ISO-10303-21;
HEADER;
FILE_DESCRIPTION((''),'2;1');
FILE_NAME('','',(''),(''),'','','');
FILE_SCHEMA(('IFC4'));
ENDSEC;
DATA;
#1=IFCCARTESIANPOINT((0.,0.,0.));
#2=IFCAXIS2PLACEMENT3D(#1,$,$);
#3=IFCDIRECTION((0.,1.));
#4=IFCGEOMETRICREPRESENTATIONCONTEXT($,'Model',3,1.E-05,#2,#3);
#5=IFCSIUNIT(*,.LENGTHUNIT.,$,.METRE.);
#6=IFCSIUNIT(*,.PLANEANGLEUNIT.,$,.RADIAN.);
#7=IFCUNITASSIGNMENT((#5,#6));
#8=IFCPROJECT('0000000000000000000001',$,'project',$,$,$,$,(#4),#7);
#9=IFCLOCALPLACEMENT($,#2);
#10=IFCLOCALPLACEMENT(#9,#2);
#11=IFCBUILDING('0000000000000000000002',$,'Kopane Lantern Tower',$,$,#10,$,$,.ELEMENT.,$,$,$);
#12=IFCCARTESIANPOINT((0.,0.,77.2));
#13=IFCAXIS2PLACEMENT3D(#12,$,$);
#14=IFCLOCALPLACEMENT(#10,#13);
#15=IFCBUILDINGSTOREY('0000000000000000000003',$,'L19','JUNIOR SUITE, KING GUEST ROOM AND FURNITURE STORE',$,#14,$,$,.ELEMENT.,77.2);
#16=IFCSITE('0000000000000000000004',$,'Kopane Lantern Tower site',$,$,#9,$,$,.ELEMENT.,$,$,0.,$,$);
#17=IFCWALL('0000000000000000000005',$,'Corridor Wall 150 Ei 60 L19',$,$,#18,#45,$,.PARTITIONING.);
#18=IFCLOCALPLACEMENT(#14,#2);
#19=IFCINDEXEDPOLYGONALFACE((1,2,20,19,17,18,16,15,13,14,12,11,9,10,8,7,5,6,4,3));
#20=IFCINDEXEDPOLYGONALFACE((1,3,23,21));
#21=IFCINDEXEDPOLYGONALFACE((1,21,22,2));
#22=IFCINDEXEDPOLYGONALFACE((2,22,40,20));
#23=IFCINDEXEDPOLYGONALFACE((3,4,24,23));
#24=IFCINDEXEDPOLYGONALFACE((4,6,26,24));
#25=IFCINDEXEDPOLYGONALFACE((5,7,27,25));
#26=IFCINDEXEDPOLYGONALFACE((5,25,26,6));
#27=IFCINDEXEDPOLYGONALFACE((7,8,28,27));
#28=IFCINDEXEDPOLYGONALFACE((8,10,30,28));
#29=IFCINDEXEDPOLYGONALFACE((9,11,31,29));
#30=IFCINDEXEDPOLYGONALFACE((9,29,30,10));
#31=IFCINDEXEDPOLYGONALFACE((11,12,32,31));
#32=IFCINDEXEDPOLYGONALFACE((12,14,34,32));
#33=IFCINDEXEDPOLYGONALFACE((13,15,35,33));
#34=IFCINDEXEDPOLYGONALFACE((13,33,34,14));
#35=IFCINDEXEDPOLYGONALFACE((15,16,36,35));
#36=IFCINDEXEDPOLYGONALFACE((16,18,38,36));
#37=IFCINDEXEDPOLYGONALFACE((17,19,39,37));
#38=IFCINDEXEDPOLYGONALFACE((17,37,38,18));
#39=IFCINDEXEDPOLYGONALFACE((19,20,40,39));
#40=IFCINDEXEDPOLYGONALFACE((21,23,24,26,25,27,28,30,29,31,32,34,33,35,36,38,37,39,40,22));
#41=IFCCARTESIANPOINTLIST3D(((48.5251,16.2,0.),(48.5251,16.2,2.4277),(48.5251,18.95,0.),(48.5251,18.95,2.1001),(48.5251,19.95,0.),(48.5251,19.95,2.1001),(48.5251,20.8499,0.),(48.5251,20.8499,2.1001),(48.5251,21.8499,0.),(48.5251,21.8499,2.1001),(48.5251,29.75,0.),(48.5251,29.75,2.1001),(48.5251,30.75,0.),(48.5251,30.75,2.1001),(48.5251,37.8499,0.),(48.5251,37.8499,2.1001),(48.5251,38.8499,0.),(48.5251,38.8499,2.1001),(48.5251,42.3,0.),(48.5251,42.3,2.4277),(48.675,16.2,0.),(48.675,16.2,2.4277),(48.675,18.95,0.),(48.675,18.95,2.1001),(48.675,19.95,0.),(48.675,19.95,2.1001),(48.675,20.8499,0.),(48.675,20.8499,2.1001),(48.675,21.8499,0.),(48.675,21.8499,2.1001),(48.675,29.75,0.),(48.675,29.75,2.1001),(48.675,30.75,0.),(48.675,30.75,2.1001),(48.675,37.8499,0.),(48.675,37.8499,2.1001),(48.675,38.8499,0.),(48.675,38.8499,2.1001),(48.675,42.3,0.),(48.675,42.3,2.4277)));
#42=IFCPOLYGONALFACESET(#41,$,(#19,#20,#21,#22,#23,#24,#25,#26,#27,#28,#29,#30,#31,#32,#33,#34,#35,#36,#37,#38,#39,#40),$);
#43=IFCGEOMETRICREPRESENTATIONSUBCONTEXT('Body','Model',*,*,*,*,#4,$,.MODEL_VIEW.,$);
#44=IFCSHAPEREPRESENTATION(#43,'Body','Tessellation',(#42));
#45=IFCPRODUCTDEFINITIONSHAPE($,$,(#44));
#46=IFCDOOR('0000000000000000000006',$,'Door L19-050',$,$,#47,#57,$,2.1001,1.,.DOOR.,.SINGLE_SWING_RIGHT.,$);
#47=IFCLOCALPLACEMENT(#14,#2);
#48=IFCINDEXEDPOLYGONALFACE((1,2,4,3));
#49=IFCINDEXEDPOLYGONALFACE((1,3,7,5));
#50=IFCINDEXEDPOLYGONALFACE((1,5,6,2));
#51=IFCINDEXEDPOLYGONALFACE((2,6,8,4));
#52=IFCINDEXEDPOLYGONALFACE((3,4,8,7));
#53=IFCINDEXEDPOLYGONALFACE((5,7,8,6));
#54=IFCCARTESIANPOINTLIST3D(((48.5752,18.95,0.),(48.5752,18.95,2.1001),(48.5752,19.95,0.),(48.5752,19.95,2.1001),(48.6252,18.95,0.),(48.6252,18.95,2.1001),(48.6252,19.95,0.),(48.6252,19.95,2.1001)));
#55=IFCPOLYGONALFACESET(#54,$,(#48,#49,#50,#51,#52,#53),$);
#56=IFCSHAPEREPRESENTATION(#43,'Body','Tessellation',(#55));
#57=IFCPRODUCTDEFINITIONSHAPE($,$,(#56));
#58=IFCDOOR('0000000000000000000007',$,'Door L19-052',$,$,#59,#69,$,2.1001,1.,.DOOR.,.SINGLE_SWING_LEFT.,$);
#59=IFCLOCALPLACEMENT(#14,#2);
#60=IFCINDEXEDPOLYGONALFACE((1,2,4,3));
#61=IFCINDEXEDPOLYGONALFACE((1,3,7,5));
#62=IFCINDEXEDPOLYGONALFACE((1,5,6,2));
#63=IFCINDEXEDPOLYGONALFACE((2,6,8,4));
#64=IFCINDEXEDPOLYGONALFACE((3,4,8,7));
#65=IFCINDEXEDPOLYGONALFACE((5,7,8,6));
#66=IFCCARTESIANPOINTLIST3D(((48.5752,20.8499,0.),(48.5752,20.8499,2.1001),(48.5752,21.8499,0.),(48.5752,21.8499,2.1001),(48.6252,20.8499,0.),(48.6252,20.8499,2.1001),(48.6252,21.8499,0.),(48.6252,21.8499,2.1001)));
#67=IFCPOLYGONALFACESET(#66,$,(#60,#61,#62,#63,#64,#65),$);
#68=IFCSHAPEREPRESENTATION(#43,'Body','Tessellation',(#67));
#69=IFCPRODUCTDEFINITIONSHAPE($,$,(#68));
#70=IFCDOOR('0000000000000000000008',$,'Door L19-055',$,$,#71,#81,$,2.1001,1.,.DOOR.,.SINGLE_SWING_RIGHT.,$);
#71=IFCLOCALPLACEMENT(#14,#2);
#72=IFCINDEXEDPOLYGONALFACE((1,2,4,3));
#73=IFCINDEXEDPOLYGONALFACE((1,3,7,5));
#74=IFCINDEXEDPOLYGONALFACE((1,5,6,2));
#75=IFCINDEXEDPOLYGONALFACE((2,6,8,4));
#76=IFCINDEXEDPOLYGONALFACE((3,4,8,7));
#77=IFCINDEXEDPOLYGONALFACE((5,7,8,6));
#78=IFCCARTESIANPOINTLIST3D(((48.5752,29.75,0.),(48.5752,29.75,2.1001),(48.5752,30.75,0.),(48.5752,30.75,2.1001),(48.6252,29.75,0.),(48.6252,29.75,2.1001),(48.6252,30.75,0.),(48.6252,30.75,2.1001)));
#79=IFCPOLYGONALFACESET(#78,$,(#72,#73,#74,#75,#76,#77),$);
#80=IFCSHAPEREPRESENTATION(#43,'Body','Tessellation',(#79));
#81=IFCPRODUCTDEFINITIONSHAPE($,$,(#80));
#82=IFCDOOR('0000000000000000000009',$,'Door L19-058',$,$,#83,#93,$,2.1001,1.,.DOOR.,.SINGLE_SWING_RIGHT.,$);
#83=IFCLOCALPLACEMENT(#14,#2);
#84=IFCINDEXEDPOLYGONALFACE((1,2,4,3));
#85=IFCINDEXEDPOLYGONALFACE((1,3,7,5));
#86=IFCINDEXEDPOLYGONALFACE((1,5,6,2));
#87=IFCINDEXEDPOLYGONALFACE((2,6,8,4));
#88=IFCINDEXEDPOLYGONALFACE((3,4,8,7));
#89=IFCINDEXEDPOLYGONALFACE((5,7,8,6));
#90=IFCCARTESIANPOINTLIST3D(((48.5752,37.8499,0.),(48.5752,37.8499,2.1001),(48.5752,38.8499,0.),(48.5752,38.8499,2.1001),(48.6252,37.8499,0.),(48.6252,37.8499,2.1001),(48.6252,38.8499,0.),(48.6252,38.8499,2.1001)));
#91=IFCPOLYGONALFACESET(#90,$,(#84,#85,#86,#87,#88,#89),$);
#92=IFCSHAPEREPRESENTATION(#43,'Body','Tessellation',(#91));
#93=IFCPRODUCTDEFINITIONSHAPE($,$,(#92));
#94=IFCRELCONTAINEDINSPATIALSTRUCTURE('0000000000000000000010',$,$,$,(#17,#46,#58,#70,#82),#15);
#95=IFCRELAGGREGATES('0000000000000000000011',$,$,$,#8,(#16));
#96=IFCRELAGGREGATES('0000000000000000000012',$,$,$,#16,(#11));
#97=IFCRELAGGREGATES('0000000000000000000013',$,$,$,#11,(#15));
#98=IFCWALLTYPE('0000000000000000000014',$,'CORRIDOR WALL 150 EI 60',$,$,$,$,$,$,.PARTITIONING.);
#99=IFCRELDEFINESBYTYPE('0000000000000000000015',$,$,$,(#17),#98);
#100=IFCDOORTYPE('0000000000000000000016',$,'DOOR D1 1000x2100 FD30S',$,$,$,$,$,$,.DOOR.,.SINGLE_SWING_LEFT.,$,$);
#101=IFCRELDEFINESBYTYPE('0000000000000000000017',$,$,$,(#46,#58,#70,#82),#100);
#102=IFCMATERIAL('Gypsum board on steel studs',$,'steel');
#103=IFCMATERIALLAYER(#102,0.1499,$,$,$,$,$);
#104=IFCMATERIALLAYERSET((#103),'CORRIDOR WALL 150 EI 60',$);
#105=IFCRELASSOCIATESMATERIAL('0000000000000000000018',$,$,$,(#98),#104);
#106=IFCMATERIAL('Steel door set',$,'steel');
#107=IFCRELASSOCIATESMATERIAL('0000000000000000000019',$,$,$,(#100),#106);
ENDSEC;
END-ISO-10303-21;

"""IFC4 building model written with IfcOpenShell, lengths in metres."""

from ifc_helpers import new_model, si_unit, direction, frame, frame_2d, origin, place, context, subcontext, project, spatial, rectangle, extrude, material, layer, layer_set, type_object, element, fill, save


model = new_model("IFC4")

# Units and contexts
model_context = context("Model", 3, precision=1e-05, world=origin(), true_north=direction((0.0, 1.0)))
body_context = subcontext(model_context, "Body", "Model", "MODEL_VIEW")
ifc_project = project(units=[si_unit("LENGTHUNIT", "METRE"), si_unit("PLANEANGLEUNIT", "RADIAN")], contexts=[model_context])

# Site, building, storey
site_placement = place(None, origin())
site = spatial("IfcSite", under=ifc_project, at=site_placement, Name="Kopane Lantern Tower site", CompositionType="ELEMENT", RefElevation=0.0)
building_placement = place(site_placement, origin())
building = spatial("IfcBuilding", under=site, at=building_placement, Name="Kopane Lantern Tower", CompositionType="ELEMENT")
storey_placement = place(building_placement, frame((0.0, 0.0, 77.2)))
storey = spatial("IfcBuildingStorey", under=building, at=storey_placement, Name="L19", Description="JUNIOR SUITE, KING GUEST ROOM AND FURNITURE STORE", CompositionType="ELEMENT", Elevation=77.2)

# Wall, openings, doors
ifc_material_1 = material(Name="Gypsum board on steel studs", Category="steel")
ifc_layer_1 = layer(ifc_material_1, 0.1499)
ifc_layer_set_1 = layer_set([ifc_layer_1], Name="CORRIDOR WALL 150 EI 60")
wall_type_1 = type_object("IfcWallType", Name="CORRIDOR WALL 150 EI 60", PredefinedType="PARTITIONING", material=ifc_layer_set_1)
wall_1_placement = place(storey_placement, frame((48.6001, 16.2, 0.0), z_axis=(0.0, 0.0, 1.0), x_axis=(0.0, 1.0, 0.0)))
wall_1 = element("IfcWall", 1, at=wall_1_placement, inside=storey, type_object=wall_type_1, Name="Corridor Wall 150 Ei 60 L19", PredefinedType="PARTITIONING", context=body_context, shape_type="SweptSolid", body=[
    extrude(rectangle(XDim=26.1001, YDim=0.1499, at=frame_2d((13.05, 0.0))), origin(), (0.0, 0.0, 1.0), 2.4277),
])
opening_1_placement = place(wall_1_placement, frame((2.75, 0.0, 0.0)))
opening_1 = element("IfcOpeningElement", 2, at=opening_1_placement, cuts=wall_1, PredefinedType="OPENING", context=body_context, shape_type="SweptSolid", body=[
    extrude(rectangle(XDim=1.0, YDim=2.1001, at=frame_2d((0.5, 1.05))), frame((0.0, 0.085, 0.0), z_axis=(0.0, -1.0, 0.0), x_axis=(1.0, 0.0, 0.0)), (0.0, 0.0, 1.0), 0.1699),
])
opening_2_placement = place(wall_1_placement, frame((4.6499, 0.0, 0.0)))
opening_2 = element("IfcOpeningElement", 3, at=opening_2_placement, cuts=wall_1, PredefinedType="OPENING", context=body_context, shape_type="SweptSolid", body=[
    extrude(rectangle(XDim=1.0, YDim=2.1001, at=frame_2d((0.5, 1.05))), frame((0.0, 0.085, 0.0), z_axis=(0.0, -1.0, 0.0), x_axis=(1.0, 0.0, 0.0)), (0.0, 0.0, 1.0), 0.1699),
])
opening_3_placement = place(wall_1_placement, frame((13.55, 0.0, 0.0)))
opening_3 = element("IfcOpeningElement", 4, at=opening_3_placement, cuts=wall_1, PredefinedType="OPENING", context=body_context, shape_type="SweptSolid", body=[
    extrude(rectangle(XDim=1.0, YDim=2.1001, at=frame_2d((0.5, 1.05))), frame((0.0, 0.085, 0.0), z_axis=(0.0, -1.0, 0.0), x_axis=(1.0, 0.0, 0.0)), (0.0, 0.0, 1.0), 0.1699),
])
opening_4_placement = place(wall_1_placement, frame((21.6499, 0.0, 0.0)))
opening_4 = element("IfcOpeningElement", 5, at=opening_4_placement, cuts=wall_1, PredefinedType="OPENING", context=body_context, shape_type="SweptSolid", body=[
    extrude(rectangle(XDim=1.0, YDim=2.1001, at=frame_2d((0.5, 1.05))), frame((0.0, 0.085, 0.0), z_axis=(0.0, -1.0, 0.0), x_axis=(1.0, 0.0, 0.0)), (0.0, 0.0, 1.0), 0.1699),
])
ifc_material_2 = material(Name="Steel door set", Category="steel")
door_type_1 = type_object("IfcDoorType", Name="DOOR D1 1000x2100 FD30S", OperationType="SINGLE_SWING_LEFT", PredefinedType="DOOR", material=ifc_material_2)
door_1_placement = place(opening_1_placement, origin())
door_1 = element("IfcDoor", 6, at=door_1_placement, inside=storey, type_object=door_type_1, Name="Door L19-050", OperationType="SINGLE_SWING_RIGHT", OverallHeight=2.1001, OverallWidth=1.0, PredefinedType="DOOR", context=body_context, shape_type="SweptSolid", body=[
    extrude(rectangle(XDim=1.0, YDim=2.1001, at=frame_2d((0.5, 1.05))), frame((0.0, 0.0249, 0.0), z_axis=(0.0, -1.0, 0.0), x_axis=(1.0, 0.0, 0.0)), (0.0, 0.0, 1.0), 0.05),
])
fill(opening_1, door_1)
door_2_placement = place(opening_2_placement, origin())
door_2 = element("IfcDoor", 7, at=door_2_placement, inside=storey, type_object=door_type_1, Name="Door L19-052", OperationType="SINGLE_SWING_LEFT", OverallHeight=2.1001, OverallWidth=1.0, PredefinedType="DOOR", context=body_context, shape_type="SweptSolid", body=[
    extrude(rectangle(XDim=1.0, YDim=2.1001, at=frame_2d((0.5, 1.05))), frame((0.0, 0.0249, 0.0), z_axis=(0.0, -1.0, 0.0), x_axis=(1.0, 0.0, 0.0)), (0.0, 0.0, 1.0), 0.05),
])
fill(opening_2, door_2)
door_3_placement = place(opening_3_placement, origin())
door_3 = element("IfcDoor", 8, at=door_3_placement, inside=storey, type_object=door_type_1, Name="Door L19-055", OperationType="SINGLE_SWING_RIGHT", OverallHeight=2.1001, OverallWidth=1.0, PredefinedType="DOOR", context=body_context, shape_type="SweptSolid", body=[
    extrude(rectangle(XDim=1.0, YDim=2.1001, at=frame_2d((0.5, 1.05))), frame((0.0, 0.0249, 0.0), z_axis=(0.0, -1.0, 0.0), x_axis=(1.0, 0.0, 0.0)), (0.0, 0.0, 1.0), 0.05),
])
fill(opening_3, door_3)
door_4_placement = place(opening_4_placement, origin())
door_4 = element("IfcDoor", 9, at=door_4_placement, inside=storey, type_object=door_type_1, Name="Door L19-058", OperationType="SINGLE_SWING_RIGHT", OverallHeight=2.1001, OverallWidth=1.0, PredefinedType="DOOR", context=body_context, shape_type="SweptSolid", body=[
    extrude(rectangle(XDim=1.0, YDim=2.1001, at=frame_2d((0.5, 1.05))), frame((0.0, 0.0249, 0.0), z_axis=(0.0, -1.0, 0.0), x_axis=(1.0, 0.0, 0.0)), (0.0, 0.0, 1.0), 0.05),
])
fill(opening_4, door_4)

save(model, "model.ifc")
